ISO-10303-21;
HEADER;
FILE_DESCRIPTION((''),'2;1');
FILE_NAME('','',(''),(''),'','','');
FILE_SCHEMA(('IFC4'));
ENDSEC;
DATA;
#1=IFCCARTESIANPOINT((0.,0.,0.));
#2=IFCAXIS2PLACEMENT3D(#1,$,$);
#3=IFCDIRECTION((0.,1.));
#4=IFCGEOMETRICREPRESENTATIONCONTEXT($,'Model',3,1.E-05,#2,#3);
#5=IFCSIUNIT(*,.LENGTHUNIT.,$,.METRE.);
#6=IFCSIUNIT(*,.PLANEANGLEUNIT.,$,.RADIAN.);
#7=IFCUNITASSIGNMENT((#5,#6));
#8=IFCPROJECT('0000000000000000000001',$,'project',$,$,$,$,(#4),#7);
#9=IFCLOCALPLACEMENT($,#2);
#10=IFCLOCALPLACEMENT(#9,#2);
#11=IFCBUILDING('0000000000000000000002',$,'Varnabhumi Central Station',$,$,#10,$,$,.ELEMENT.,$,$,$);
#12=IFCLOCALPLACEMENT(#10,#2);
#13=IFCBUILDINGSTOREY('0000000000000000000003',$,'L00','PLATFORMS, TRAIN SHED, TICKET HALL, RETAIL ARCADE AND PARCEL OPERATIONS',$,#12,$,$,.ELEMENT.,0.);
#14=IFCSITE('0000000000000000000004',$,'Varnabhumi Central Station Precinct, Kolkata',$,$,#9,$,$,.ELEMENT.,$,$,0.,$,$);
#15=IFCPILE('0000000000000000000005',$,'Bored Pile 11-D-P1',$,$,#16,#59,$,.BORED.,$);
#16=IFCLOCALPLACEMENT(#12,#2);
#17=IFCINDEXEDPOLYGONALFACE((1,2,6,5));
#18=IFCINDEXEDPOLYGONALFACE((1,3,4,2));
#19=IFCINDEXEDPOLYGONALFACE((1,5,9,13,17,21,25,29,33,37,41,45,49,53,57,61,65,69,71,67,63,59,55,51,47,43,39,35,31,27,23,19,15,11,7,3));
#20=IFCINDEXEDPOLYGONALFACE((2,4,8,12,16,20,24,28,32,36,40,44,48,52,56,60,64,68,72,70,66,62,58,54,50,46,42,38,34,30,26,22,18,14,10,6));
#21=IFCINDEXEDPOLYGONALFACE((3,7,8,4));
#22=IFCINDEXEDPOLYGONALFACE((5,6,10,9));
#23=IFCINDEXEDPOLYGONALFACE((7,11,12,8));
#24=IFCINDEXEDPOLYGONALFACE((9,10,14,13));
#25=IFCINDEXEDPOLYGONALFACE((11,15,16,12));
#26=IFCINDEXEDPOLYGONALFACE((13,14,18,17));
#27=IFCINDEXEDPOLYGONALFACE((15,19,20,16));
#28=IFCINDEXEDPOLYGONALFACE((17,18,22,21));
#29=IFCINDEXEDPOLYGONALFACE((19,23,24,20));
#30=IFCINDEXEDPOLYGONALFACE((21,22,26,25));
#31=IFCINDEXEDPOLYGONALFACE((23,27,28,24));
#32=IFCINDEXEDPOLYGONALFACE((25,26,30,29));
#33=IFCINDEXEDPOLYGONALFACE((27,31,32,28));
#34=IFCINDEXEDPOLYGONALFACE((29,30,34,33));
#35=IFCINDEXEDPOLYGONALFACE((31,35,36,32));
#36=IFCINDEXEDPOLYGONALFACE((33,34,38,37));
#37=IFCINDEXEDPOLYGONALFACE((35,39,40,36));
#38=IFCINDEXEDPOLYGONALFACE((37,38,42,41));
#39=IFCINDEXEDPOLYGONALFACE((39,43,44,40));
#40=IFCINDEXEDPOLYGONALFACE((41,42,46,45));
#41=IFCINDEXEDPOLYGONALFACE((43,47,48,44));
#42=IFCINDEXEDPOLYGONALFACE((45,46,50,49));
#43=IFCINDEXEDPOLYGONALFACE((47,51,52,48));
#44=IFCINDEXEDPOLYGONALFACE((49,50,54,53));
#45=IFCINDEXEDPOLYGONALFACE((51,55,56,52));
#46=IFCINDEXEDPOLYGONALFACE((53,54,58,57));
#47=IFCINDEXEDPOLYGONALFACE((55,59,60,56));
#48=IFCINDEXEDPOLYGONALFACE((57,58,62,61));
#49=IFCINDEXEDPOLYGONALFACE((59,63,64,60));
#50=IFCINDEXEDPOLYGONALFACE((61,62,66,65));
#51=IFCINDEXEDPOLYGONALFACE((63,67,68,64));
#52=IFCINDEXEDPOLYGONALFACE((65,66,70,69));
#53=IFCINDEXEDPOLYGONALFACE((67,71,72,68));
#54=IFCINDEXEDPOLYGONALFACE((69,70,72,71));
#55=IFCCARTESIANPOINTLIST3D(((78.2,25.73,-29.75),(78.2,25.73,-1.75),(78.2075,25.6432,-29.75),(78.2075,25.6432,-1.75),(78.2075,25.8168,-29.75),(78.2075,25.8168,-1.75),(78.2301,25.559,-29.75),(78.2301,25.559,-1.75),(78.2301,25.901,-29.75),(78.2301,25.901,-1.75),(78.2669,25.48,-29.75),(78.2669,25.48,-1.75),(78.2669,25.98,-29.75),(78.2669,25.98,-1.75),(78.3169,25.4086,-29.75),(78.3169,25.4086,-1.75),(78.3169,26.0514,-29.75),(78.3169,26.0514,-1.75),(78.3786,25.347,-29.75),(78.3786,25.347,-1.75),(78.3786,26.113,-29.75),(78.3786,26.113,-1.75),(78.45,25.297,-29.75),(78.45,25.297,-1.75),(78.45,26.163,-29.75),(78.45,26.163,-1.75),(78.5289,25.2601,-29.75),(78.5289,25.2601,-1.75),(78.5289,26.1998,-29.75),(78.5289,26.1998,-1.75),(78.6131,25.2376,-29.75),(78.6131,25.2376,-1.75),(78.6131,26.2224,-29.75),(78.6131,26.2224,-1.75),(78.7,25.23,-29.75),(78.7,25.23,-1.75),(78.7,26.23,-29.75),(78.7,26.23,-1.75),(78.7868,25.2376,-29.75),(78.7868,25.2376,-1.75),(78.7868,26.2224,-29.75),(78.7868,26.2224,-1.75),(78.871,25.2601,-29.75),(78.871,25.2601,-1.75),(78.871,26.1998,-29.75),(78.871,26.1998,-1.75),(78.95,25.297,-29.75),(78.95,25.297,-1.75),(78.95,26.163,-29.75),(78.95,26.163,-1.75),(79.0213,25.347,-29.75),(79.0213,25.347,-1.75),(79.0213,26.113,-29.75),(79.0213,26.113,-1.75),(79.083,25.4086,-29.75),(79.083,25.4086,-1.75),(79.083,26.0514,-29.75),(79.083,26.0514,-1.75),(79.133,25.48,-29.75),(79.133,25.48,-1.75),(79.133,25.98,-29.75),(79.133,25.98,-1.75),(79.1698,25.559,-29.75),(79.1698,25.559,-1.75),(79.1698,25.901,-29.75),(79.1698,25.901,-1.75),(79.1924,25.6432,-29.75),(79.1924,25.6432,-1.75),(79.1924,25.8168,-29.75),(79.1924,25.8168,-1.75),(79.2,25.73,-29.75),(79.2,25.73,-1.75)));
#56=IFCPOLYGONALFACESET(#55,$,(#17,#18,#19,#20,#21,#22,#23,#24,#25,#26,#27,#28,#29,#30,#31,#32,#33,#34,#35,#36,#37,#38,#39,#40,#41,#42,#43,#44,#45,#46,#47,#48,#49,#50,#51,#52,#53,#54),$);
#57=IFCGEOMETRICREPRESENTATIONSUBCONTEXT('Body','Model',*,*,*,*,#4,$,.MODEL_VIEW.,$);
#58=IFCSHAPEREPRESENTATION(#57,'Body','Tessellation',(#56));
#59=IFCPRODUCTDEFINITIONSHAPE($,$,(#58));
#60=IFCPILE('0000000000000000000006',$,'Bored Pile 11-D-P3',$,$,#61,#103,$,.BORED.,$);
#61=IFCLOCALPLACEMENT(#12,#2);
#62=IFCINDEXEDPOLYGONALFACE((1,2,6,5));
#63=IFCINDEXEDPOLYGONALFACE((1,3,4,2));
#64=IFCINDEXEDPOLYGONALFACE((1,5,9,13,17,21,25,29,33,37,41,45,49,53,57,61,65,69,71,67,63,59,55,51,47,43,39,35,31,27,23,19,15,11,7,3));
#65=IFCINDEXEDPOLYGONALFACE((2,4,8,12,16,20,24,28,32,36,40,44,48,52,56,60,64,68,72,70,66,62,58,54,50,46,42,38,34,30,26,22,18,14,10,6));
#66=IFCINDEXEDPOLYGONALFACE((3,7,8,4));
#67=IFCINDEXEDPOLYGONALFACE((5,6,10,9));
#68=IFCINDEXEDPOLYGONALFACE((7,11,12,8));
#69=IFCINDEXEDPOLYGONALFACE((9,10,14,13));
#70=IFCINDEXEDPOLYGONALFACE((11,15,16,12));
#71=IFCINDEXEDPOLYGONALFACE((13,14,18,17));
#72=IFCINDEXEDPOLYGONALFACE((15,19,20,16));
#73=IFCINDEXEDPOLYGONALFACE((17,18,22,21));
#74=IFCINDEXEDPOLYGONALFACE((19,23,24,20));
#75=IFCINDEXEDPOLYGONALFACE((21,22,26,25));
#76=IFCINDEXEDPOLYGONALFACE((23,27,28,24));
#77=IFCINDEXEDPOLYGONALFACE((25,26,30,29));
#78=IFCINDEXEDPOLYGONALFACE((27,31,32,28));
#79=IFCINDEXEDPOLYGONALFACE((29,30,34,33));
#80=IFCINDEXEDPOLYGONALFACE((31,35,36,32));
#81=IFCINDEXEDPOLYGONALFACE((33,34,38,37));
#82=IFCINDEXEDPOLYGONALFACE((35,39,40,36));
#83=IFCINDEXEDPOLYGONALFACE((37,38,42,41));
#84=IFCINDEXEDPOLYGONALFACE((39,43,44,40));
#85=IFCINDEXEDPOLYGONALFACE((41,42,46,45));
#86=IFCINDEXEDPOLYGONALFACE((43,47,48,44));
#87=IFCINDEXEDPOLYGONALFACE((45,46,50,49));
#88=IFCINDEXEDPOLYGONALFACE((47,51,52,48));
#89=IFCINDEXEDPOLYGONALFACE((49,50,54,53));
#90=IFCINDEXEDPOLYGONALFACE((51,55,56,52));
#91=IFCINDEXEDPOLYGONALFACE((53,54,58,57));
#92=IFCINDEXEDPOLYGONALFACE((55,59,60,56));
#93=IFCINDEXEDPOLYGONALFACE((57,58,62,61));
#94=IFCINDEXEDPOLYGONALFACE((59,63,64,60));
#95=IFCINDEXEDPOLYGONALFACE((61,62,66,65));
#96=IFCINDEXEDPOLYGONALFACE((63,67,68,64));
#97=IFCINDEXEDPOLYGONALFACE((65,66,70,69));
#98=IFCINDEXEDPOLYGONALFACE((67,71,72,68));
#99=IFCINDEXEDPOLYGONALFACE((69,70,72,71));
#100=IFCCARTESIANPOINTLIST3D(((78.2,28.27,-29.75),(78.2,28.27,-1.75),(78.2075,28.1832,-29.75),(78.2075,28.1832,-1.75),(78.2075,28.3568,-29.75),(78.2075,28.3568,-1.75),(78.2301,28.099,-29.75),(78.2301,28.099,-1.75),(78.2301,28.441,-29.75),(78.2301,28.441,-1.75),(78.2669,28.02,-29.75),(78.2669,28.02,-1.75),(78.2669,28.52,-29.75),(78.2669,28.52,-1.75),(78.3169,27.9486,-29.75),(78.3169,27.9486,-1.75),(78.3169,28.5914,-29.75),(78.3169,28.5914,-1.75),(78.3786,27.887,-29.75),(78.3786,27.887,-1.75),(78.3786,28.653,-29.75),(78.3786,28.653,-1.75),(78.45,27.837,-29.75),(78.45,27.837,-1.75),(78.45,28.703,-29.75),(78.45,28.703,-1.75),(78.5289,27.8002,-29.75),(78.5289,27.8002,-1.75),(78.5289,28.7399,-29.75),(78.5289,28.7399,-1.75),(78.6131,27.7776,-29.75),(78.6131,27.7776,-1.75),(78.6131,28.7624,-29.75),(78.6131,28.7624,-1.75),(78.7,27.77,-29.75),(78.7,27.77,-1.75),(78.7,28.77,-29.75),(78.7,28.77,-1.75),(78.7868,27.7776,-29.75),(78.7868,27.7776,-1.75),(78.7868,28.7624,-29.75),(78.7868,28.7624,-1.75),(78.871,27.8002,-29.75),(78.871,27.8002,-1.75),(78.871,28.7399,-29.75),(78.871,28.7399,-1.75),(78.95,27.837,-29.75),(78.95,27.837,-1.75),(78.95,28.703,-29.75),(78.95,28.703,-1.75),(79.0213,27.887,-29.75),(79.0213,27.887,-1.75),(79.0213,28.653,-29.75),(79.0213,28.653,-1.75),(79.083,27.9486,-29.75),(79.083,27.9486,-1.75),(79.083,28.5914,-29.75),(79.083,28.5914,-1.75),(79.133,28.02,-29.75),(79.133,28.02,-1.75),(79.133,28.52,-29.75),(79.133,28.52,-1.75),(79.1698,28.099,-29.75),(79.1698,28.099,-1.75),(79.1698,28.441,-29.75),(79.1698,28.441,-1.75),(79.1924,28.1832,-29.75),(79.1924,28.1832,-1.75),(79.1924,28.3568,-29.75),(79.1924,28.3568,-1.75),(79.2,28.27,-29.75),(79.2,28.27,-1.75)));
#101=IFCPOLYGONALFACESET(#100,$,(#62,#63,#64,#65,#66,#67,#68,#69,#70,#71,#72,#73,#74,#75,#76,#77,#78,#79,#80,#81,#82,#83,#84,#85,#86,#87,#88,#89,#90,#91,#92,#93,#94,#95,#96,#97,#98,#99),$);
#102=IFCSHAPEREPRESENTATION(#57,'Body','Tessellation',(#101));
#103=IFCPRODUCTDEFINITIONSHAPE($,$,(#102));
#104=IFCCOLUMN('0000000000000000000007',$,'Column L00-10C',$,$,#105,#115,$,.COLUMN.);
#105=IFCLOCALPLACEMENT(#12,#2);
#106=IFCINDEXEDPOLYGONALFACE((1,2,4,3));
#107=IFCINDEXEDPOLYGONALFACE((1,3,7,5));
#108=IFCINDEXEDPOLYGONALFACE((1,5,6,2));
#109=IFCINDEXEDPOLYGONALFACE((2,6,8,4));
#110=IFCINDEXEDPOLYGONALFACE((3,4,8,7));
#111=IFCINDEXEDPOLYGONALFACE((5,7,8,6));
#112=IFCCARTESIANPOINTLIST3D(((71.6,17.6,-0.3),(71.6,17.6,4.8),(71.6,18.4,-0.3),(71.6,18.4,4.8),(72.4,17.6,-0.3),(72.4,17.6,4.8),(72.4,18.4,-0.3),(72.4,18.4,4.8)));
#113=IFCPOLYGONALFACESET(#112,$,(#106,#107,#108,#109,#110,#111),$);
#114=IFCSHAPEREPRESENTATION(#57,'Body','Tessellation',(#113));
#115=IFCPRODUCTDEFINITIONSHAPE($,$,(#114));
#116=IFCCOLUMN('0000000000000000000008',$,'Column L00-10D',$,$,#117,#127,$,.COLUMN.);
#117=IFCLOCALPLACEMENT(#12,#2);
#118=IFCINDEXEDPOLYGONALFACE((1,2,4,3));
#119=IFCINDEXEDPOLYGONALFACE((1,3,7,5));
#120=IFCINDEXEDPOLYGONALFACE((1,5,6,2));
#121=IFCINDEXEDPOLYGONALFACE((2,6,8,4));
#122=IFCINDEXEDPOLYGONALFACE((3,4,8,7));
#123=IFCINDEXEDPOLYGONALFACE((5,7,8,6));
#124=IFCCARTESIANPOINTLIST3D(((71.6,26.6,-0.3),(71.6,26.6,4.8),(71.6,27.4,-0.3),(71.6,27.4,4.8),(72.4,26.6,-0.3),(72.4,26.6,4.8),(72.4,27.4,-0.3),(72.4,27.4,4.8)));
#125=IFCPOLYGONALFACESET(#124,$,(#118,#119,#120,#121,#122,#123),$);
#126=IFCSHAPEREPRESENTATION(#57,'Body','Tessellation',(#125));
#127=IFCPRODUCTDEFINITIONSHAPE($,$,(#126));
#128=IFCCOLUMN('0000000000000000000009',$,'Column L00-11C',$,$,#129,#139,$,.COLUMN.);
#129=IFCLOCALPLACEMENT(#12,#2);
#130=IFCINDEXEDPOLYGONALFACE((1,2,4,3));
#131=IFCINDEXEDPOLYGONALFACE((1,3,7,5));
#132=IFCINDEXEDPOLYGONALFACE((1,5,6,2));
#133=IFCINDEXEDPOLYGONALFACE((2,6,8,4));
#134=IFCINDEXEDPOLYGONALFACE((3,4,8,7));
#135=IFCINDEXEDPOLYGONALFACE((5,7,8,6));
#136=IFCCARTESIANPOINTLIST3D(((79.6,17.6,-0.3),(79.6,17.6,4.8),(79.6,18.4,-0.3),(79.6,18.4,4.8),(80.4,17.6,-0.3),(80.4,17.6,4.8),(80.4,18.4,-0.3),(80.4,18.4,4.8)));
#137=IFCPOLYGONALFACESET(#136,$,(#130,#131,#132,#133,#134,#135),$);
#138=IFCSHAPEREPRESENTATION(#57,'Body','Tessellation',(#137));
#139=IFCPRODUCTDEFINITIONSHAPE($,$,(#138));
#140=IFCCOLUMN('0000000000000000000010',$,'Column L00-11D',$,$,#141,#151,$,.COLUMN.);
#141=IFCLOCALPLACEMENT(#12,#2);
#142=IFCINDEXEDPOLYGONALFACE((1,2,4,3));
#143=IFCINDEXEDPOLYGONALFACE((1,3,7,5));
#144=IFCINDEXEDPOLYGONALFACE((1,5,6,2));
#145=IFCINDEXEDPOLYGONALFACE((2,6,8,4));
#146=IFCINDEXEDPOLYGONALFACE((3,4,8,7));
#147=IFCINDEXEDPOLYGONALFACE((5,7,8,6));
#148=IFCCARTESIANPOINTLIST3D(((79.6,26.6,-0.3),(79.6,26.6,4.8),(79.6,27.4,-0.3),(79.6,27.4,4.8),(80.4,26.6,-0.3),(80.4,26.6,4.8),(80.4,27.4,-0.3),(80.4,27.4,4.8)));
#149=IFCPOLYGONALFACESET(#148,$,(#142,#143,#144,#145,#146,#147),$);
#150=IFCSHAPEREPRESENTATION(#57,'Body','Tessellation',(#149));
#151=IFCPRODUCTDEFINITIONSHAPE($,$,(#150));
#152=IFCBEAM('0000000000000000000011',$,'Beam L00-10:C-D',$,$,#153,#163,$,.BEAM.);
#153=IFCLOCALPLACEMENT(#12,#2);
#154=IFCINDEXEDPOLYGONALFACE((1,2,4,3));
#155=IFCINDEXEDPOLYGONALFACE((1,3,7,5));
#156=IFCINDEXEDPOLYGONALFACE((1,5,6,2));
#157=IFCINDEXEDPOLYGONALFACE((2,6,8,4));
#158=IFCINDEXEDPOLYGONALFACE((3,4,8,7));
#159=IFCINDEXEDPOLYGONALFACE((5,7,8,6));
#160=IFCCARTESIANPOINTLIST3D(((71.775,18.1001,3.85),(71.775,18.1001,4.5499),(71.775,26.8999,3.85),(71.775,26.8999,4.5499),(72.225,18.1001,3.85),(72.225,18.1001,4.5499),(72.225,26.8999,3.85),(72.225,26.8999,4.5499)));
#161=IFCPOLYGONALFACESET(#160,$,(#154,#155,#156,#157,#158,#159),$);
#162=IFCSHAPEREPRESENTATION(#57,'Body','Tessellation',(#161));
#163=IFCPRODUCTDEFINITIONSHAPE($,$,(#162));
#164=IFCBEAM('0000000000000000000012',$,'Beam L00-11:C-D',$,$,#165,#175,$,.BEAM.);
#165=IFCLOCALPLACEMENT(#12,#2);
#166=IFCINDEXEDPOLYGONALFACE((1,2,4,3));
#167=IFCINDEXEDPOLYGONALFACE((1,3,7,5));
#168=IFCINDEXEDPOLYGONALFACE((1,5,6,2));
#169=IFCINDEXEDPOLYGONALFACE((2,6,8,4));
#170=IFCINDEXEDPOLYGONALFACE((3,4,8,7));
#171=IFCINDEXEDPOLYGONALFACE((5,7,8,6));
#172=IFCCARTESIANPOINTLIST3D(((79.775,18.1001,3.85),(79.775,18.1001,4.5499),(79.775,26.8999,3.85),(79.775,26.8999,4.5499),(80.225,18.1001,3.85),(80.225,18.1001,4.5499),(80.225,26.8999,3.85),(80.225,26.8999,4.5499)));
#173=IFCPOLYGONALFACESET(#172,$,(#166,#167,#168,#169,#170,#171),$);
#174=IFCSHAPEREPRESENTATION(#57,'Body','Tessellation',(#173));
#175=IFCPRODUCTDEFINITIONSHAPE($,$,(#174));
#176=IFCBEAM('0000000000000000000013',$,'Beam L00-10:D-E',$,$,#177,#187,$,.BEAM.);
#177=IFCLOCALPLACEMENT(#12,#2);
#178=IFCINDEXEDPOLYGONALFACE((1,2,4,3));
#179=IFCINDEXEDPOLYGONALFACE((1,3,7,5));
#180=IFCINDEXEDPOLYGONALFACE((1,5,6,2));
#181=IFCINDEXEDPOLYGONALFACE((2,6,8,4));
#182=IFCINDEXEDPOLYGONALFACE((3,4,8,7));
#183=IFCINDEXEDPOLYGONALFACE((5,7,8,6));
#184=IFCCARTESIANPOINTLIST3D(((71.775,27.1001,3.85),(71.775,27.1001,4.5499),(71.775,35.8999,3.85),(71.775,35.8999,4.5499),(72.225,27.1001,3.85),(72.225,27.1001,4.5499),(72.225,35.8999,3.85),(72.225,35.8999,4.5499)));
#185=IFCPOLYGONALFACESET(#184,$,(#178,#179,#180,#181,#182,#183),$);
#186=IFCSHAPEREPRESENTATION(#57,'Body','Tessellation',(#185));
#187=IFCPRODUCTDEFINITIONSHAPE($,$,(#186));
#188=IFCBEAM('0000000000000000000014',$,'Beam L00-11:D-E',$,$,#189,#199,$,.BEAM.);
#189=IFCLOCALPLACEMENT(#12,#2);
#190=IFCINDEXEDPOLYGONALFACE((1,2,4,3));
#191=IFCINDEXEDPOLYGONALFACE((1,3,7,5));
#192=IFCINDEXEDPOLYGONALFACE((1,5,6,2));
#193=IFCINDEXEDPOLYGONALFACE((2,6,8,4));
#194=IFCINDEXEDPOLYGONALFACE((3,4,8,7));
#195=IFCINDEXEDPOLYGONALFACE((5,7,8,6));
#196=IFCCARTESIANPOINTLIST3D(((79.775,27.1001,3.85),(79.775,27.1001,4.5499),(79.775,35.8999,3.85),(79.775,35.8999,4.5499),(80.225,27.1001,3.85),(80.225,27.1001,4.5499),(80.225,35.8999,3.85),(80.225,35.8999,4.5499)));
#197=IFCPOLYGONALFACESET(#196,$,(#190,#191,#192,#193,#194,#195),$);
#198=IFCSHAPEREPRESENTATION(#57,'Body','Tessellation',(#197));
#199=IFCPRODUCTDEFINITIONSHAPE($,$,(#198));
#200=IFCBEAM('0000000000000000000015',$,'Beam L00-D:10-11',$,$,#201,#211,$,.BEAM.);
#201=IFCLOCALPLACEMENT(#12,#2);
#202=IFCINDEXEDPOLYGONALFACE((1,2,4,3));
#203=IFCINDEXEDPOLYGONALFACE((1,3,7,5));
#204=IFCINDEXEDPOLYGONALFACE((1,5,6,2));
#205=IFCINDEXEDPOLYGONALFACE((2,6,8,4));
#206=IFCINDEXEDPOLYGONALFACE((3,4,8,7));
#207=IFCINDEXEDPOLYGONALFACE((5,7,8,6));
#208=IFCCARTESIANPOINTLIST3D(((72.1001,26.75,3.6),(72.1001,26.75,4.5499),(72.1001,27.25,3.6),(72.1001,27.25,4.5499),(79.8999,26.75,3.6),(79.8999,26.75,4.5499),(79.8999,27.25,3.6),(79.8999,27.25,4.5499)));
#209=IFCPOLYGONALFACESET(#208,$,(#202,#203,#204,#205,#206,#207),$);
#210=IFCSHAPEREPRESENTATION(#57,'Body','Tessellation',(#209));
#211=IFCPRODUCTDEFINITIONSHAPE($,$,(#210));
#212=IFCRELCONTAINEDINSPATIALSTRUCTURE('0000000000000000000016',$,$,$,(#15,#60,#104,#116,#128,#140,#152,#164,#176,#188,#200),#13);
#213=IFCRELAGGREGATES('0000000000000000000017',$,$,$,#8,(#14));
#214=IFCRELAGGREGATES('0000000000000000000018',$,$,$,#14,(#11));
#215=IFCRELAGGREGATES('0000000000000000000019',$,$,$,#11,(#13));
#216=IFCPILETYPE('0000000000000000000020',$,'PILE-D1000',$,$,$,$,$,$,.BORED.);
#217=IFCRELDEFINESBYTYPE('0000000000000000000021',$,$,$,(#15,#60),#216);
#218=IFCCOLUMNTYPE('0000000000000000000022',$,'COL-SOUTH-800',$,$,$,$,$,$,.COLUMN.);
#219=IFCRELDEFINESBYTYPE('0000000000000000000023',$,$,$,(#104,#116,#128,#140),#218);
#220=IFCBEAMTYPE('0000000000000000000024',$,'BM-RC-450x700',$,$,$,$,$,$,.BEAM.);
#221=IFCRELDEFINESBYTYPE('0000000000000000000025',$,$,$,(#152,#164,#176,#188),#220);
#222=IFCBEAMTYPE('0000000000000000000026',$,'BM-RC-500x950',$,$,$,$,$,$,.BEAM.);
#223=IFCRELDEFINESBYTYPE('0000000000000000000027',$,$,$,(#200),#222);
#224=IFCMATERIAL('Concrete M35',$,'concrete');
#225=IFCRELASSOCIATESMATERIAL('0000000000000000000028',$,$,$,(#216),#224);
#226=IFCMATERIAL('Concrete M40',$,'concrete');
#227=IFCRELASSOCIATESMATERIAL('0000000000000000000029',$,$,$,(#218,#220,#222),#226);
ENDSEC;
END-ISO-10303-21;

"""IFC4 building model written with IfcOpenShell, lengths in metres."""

from ifc_helpers import new_model, si_unit, direction, frame, origin, origin_2d, place, context, subcontext, project, spatial, rectangle, circle, extrude, material, material_profile, profile_set, type_object, element, save


model = new_model("IFC4")

# Units and contexts
model_context = context("Model", 3, precision=1e-05, world=origin(), true_north=direction((0.0, 1.0)))
body_context = subcontext(model_context, "Body", "Model", "MODEL_VIEW")
ifc_project = project(units=[si_unit("LENGTHUNIT", "METRE"), si_unit("PLANEANGLEUNIT", "RADIAN")], contexts=[model_context])

# Site, building, storey
site_placement = place(None, origin())
site = spatial("IfcSite", under=ifc_project, at=site_placement, Name="Varnabhumi Central Station Precinct, Kolkata", CompositionType="ELEMENT", RefElevation=0.0)
building_placement = place(site_placement, origin())
building = spatial("IfcBuilding", under=site, at=building_placement, Name="Varnabhumi Central Station", CompositionType="ELEMENT")
storey_placement = place(building_placement, origin())
storey = spatial("IfcBuildingStorey", under=building, at=storey_placement, Name="L00", Description="PLATFORMS, TRAIN SHED, TICKET HALL, RETAIL ARCADE AND PARCEL OPERATIONS", CompositionType="ELEMENT", Elevation=0.0)

# Shared definitions
ifc_material_1 = material(Name="Concrete M40", Category="concrete")

# Piles
ifc_material_2 = material(Name="Concrete M35", Category="concrete")
ifc_material_profile_1 = material_profile(ifc_material_2, circle(Radius=0.5, at=origin_2d()), Name="Concrete M35", Category="concrete")
ifc_profile_set_1 = profile_set([ifc_material_profile_1], Name="Concrete M35")
pile_type = type_object("IfcPileType", Name="PILE-D1000", PredefinedType="BORED", material=ifc_profile_set_1)
for number, where, z_axis, x_axis, name in (
    (1, (78.7, 25.73, -1.75), (0.0, 0.0, -1.0), (1.0, 0.0, 0.0), "Bored Pile 11-D-P1"),
    (2, (78.7, 28.27, -1.75), (0.0, 0.0, -1.0), (1.0, 0.0, 0.0), "Bored Pile 11-D-P3"),
):
    element("IfcPile", number, at=place(storey_placement, frame(where, z_axis=z_axis, x_axis=x_axis)), inside=storey, type_object=pile_type, Name=name, PredefinedType="BORED", context=body_context, shape_type="SweptSolid", body=[
        extrude(circle(Radius=0.5, at=origin_2d()), origin(), (0.0, 0.0, 1.0), 28.0),
    ])

# Columns
ifc_material_profile_2 = material_profile(ifc_material_1, rectangle(XDim=0.8, YDim=0.8, at=origin_2d()), Name="Concrete M40", Category="concrete")
ifc_profile_set_2 = profile_set([ifc_material_profile_2], Name="Concrete M40")
column_type = type_object("IfcColumnType", Name="COL-SOUTH-800", PredefinedType="COLUMN", material=ifc_profile_set_2)
for number, where, z_axis, x_axis, name in (
    (3, (72.0, 18.0, -0.3), (0.0, 0.0, 1.0), (1.0, 0.0, 0.0), "Column L00-10C"),
    (4, (72.0, 27.0, -0.3), (0.0, 0.0, 1.0), (1.0, 0.0, 0.0), "Column L00-10D"),
    (5, (80.0, 18.0, -0.3), (0.0, 0.0, 1.0), (1.0, 0.0, 0.0), "Column L00-11C"),
    (6, (80.0, 27.0, -0.3), (0.0, 0.0, 1.0), (1.0, 0.0, 0.0), "Column L00-11D"),
):
    element("IfcColumn", number, at=place(storey_placement, frame(where, z_axis=z_axis, x_axis=x_axis)), inside=storey, type_object=column_type, Name=name, PredefinedType="COLUMN", context=body_context, shape_type="SweptSolid", body=[
        extrude(rectangle(XDim=0.8, YDim=0.8, at=origin_2d()), origin(), (0.0, 0.0, 1.0), 5.1001),
    ])

# Beams
ifc_material_profile_3 = material_profile(ifc_material_1, rectangle(XDim=0.45, YDim=0.7, at=origin_2d()), Name="Concrete M40", Category="concrete")
ifc_profile_set_3 = profile_set([ifc_material_profile_3], Name="Concrete M40")
beam_type_1 = type_object("IfcBeamType", Name="BM-RC-450x700", PredefinedType="BEAM", material=ifc_profile_set_3)
for number, where, z_axis, x_axis, name in (
    (7, (72.0, 18.1001, 4.2), (0.0, 1.0, 0.0), (-1.0, 0.0, 0.0), "Beam L00-10:C-D"),
    (8, (80.0, 18.1001, 4.2), (0.0, 1.0, 0.0), (-1.0, 0.0, 0.0), "Beam L00-11:C-D"),
    (9, (72.0, 27.1001, 4.2), (0.0, 1.0, 0.0), (-1.0, 0.0, 0.0), "Beam L00-10:D-E"),
    (10, (80.0, 27.1001, 4.2), (0.0, 1.0, 0.0), (-1.0, 0.0, 0.0), "Beam L00-11:D-E"),
):
    element("IfcBeam", number, at=place(storey_placement, frame(where, z_axis=z_axis, x_axis=x_axis)), inside=storey, type_object=beam_type_1, Name=name, PredefinedType="BEAM", context=body_context, shape_type="SweptSolid", body=[
        extrude(rectangle(XDim=0.45, YDim=0.7, at=origin_2d()), origin(), (0.0, 0.0, 1.0), 8.7998),
    ])
ifc_material_profile_4 = material_profile(ifc_material_1, rectangle(XDim=0.5, YDim=0.95, at=origin_2d()), Name="Concrete M40", Category="concrete")
ifc_profile_set_4 = profile_set([ifc_material_profile_4], Name="Concrete M40")
beam_type_2 = type_object("IfcBeamType", Name="BM-RC-500x950", PredefinedType="BEAM", material=ifc_profile_set_4)
beam_1_placement = place(storey_placement, frame((72.1001, 27.0, 4.075), z_axis=(1.0, 0.0, 0.0), x_axis=(0.0, 1.0, 0.0)))
element("IfcBeam", 11, at=beam_1_placement, inside=storey, type_object=beam_type_2, Name="Beam L00-D:10-11", PredefinedType="BEAM", context=body_context, shape_type="SweptSolid", body=[
    extrude(rectangle(XDim=0.5, YDim=0.95, at=origin_2d()), origin(), (0.0, 0.0, 1.0), 7.7998),
])

save(model, "model.ifc")
